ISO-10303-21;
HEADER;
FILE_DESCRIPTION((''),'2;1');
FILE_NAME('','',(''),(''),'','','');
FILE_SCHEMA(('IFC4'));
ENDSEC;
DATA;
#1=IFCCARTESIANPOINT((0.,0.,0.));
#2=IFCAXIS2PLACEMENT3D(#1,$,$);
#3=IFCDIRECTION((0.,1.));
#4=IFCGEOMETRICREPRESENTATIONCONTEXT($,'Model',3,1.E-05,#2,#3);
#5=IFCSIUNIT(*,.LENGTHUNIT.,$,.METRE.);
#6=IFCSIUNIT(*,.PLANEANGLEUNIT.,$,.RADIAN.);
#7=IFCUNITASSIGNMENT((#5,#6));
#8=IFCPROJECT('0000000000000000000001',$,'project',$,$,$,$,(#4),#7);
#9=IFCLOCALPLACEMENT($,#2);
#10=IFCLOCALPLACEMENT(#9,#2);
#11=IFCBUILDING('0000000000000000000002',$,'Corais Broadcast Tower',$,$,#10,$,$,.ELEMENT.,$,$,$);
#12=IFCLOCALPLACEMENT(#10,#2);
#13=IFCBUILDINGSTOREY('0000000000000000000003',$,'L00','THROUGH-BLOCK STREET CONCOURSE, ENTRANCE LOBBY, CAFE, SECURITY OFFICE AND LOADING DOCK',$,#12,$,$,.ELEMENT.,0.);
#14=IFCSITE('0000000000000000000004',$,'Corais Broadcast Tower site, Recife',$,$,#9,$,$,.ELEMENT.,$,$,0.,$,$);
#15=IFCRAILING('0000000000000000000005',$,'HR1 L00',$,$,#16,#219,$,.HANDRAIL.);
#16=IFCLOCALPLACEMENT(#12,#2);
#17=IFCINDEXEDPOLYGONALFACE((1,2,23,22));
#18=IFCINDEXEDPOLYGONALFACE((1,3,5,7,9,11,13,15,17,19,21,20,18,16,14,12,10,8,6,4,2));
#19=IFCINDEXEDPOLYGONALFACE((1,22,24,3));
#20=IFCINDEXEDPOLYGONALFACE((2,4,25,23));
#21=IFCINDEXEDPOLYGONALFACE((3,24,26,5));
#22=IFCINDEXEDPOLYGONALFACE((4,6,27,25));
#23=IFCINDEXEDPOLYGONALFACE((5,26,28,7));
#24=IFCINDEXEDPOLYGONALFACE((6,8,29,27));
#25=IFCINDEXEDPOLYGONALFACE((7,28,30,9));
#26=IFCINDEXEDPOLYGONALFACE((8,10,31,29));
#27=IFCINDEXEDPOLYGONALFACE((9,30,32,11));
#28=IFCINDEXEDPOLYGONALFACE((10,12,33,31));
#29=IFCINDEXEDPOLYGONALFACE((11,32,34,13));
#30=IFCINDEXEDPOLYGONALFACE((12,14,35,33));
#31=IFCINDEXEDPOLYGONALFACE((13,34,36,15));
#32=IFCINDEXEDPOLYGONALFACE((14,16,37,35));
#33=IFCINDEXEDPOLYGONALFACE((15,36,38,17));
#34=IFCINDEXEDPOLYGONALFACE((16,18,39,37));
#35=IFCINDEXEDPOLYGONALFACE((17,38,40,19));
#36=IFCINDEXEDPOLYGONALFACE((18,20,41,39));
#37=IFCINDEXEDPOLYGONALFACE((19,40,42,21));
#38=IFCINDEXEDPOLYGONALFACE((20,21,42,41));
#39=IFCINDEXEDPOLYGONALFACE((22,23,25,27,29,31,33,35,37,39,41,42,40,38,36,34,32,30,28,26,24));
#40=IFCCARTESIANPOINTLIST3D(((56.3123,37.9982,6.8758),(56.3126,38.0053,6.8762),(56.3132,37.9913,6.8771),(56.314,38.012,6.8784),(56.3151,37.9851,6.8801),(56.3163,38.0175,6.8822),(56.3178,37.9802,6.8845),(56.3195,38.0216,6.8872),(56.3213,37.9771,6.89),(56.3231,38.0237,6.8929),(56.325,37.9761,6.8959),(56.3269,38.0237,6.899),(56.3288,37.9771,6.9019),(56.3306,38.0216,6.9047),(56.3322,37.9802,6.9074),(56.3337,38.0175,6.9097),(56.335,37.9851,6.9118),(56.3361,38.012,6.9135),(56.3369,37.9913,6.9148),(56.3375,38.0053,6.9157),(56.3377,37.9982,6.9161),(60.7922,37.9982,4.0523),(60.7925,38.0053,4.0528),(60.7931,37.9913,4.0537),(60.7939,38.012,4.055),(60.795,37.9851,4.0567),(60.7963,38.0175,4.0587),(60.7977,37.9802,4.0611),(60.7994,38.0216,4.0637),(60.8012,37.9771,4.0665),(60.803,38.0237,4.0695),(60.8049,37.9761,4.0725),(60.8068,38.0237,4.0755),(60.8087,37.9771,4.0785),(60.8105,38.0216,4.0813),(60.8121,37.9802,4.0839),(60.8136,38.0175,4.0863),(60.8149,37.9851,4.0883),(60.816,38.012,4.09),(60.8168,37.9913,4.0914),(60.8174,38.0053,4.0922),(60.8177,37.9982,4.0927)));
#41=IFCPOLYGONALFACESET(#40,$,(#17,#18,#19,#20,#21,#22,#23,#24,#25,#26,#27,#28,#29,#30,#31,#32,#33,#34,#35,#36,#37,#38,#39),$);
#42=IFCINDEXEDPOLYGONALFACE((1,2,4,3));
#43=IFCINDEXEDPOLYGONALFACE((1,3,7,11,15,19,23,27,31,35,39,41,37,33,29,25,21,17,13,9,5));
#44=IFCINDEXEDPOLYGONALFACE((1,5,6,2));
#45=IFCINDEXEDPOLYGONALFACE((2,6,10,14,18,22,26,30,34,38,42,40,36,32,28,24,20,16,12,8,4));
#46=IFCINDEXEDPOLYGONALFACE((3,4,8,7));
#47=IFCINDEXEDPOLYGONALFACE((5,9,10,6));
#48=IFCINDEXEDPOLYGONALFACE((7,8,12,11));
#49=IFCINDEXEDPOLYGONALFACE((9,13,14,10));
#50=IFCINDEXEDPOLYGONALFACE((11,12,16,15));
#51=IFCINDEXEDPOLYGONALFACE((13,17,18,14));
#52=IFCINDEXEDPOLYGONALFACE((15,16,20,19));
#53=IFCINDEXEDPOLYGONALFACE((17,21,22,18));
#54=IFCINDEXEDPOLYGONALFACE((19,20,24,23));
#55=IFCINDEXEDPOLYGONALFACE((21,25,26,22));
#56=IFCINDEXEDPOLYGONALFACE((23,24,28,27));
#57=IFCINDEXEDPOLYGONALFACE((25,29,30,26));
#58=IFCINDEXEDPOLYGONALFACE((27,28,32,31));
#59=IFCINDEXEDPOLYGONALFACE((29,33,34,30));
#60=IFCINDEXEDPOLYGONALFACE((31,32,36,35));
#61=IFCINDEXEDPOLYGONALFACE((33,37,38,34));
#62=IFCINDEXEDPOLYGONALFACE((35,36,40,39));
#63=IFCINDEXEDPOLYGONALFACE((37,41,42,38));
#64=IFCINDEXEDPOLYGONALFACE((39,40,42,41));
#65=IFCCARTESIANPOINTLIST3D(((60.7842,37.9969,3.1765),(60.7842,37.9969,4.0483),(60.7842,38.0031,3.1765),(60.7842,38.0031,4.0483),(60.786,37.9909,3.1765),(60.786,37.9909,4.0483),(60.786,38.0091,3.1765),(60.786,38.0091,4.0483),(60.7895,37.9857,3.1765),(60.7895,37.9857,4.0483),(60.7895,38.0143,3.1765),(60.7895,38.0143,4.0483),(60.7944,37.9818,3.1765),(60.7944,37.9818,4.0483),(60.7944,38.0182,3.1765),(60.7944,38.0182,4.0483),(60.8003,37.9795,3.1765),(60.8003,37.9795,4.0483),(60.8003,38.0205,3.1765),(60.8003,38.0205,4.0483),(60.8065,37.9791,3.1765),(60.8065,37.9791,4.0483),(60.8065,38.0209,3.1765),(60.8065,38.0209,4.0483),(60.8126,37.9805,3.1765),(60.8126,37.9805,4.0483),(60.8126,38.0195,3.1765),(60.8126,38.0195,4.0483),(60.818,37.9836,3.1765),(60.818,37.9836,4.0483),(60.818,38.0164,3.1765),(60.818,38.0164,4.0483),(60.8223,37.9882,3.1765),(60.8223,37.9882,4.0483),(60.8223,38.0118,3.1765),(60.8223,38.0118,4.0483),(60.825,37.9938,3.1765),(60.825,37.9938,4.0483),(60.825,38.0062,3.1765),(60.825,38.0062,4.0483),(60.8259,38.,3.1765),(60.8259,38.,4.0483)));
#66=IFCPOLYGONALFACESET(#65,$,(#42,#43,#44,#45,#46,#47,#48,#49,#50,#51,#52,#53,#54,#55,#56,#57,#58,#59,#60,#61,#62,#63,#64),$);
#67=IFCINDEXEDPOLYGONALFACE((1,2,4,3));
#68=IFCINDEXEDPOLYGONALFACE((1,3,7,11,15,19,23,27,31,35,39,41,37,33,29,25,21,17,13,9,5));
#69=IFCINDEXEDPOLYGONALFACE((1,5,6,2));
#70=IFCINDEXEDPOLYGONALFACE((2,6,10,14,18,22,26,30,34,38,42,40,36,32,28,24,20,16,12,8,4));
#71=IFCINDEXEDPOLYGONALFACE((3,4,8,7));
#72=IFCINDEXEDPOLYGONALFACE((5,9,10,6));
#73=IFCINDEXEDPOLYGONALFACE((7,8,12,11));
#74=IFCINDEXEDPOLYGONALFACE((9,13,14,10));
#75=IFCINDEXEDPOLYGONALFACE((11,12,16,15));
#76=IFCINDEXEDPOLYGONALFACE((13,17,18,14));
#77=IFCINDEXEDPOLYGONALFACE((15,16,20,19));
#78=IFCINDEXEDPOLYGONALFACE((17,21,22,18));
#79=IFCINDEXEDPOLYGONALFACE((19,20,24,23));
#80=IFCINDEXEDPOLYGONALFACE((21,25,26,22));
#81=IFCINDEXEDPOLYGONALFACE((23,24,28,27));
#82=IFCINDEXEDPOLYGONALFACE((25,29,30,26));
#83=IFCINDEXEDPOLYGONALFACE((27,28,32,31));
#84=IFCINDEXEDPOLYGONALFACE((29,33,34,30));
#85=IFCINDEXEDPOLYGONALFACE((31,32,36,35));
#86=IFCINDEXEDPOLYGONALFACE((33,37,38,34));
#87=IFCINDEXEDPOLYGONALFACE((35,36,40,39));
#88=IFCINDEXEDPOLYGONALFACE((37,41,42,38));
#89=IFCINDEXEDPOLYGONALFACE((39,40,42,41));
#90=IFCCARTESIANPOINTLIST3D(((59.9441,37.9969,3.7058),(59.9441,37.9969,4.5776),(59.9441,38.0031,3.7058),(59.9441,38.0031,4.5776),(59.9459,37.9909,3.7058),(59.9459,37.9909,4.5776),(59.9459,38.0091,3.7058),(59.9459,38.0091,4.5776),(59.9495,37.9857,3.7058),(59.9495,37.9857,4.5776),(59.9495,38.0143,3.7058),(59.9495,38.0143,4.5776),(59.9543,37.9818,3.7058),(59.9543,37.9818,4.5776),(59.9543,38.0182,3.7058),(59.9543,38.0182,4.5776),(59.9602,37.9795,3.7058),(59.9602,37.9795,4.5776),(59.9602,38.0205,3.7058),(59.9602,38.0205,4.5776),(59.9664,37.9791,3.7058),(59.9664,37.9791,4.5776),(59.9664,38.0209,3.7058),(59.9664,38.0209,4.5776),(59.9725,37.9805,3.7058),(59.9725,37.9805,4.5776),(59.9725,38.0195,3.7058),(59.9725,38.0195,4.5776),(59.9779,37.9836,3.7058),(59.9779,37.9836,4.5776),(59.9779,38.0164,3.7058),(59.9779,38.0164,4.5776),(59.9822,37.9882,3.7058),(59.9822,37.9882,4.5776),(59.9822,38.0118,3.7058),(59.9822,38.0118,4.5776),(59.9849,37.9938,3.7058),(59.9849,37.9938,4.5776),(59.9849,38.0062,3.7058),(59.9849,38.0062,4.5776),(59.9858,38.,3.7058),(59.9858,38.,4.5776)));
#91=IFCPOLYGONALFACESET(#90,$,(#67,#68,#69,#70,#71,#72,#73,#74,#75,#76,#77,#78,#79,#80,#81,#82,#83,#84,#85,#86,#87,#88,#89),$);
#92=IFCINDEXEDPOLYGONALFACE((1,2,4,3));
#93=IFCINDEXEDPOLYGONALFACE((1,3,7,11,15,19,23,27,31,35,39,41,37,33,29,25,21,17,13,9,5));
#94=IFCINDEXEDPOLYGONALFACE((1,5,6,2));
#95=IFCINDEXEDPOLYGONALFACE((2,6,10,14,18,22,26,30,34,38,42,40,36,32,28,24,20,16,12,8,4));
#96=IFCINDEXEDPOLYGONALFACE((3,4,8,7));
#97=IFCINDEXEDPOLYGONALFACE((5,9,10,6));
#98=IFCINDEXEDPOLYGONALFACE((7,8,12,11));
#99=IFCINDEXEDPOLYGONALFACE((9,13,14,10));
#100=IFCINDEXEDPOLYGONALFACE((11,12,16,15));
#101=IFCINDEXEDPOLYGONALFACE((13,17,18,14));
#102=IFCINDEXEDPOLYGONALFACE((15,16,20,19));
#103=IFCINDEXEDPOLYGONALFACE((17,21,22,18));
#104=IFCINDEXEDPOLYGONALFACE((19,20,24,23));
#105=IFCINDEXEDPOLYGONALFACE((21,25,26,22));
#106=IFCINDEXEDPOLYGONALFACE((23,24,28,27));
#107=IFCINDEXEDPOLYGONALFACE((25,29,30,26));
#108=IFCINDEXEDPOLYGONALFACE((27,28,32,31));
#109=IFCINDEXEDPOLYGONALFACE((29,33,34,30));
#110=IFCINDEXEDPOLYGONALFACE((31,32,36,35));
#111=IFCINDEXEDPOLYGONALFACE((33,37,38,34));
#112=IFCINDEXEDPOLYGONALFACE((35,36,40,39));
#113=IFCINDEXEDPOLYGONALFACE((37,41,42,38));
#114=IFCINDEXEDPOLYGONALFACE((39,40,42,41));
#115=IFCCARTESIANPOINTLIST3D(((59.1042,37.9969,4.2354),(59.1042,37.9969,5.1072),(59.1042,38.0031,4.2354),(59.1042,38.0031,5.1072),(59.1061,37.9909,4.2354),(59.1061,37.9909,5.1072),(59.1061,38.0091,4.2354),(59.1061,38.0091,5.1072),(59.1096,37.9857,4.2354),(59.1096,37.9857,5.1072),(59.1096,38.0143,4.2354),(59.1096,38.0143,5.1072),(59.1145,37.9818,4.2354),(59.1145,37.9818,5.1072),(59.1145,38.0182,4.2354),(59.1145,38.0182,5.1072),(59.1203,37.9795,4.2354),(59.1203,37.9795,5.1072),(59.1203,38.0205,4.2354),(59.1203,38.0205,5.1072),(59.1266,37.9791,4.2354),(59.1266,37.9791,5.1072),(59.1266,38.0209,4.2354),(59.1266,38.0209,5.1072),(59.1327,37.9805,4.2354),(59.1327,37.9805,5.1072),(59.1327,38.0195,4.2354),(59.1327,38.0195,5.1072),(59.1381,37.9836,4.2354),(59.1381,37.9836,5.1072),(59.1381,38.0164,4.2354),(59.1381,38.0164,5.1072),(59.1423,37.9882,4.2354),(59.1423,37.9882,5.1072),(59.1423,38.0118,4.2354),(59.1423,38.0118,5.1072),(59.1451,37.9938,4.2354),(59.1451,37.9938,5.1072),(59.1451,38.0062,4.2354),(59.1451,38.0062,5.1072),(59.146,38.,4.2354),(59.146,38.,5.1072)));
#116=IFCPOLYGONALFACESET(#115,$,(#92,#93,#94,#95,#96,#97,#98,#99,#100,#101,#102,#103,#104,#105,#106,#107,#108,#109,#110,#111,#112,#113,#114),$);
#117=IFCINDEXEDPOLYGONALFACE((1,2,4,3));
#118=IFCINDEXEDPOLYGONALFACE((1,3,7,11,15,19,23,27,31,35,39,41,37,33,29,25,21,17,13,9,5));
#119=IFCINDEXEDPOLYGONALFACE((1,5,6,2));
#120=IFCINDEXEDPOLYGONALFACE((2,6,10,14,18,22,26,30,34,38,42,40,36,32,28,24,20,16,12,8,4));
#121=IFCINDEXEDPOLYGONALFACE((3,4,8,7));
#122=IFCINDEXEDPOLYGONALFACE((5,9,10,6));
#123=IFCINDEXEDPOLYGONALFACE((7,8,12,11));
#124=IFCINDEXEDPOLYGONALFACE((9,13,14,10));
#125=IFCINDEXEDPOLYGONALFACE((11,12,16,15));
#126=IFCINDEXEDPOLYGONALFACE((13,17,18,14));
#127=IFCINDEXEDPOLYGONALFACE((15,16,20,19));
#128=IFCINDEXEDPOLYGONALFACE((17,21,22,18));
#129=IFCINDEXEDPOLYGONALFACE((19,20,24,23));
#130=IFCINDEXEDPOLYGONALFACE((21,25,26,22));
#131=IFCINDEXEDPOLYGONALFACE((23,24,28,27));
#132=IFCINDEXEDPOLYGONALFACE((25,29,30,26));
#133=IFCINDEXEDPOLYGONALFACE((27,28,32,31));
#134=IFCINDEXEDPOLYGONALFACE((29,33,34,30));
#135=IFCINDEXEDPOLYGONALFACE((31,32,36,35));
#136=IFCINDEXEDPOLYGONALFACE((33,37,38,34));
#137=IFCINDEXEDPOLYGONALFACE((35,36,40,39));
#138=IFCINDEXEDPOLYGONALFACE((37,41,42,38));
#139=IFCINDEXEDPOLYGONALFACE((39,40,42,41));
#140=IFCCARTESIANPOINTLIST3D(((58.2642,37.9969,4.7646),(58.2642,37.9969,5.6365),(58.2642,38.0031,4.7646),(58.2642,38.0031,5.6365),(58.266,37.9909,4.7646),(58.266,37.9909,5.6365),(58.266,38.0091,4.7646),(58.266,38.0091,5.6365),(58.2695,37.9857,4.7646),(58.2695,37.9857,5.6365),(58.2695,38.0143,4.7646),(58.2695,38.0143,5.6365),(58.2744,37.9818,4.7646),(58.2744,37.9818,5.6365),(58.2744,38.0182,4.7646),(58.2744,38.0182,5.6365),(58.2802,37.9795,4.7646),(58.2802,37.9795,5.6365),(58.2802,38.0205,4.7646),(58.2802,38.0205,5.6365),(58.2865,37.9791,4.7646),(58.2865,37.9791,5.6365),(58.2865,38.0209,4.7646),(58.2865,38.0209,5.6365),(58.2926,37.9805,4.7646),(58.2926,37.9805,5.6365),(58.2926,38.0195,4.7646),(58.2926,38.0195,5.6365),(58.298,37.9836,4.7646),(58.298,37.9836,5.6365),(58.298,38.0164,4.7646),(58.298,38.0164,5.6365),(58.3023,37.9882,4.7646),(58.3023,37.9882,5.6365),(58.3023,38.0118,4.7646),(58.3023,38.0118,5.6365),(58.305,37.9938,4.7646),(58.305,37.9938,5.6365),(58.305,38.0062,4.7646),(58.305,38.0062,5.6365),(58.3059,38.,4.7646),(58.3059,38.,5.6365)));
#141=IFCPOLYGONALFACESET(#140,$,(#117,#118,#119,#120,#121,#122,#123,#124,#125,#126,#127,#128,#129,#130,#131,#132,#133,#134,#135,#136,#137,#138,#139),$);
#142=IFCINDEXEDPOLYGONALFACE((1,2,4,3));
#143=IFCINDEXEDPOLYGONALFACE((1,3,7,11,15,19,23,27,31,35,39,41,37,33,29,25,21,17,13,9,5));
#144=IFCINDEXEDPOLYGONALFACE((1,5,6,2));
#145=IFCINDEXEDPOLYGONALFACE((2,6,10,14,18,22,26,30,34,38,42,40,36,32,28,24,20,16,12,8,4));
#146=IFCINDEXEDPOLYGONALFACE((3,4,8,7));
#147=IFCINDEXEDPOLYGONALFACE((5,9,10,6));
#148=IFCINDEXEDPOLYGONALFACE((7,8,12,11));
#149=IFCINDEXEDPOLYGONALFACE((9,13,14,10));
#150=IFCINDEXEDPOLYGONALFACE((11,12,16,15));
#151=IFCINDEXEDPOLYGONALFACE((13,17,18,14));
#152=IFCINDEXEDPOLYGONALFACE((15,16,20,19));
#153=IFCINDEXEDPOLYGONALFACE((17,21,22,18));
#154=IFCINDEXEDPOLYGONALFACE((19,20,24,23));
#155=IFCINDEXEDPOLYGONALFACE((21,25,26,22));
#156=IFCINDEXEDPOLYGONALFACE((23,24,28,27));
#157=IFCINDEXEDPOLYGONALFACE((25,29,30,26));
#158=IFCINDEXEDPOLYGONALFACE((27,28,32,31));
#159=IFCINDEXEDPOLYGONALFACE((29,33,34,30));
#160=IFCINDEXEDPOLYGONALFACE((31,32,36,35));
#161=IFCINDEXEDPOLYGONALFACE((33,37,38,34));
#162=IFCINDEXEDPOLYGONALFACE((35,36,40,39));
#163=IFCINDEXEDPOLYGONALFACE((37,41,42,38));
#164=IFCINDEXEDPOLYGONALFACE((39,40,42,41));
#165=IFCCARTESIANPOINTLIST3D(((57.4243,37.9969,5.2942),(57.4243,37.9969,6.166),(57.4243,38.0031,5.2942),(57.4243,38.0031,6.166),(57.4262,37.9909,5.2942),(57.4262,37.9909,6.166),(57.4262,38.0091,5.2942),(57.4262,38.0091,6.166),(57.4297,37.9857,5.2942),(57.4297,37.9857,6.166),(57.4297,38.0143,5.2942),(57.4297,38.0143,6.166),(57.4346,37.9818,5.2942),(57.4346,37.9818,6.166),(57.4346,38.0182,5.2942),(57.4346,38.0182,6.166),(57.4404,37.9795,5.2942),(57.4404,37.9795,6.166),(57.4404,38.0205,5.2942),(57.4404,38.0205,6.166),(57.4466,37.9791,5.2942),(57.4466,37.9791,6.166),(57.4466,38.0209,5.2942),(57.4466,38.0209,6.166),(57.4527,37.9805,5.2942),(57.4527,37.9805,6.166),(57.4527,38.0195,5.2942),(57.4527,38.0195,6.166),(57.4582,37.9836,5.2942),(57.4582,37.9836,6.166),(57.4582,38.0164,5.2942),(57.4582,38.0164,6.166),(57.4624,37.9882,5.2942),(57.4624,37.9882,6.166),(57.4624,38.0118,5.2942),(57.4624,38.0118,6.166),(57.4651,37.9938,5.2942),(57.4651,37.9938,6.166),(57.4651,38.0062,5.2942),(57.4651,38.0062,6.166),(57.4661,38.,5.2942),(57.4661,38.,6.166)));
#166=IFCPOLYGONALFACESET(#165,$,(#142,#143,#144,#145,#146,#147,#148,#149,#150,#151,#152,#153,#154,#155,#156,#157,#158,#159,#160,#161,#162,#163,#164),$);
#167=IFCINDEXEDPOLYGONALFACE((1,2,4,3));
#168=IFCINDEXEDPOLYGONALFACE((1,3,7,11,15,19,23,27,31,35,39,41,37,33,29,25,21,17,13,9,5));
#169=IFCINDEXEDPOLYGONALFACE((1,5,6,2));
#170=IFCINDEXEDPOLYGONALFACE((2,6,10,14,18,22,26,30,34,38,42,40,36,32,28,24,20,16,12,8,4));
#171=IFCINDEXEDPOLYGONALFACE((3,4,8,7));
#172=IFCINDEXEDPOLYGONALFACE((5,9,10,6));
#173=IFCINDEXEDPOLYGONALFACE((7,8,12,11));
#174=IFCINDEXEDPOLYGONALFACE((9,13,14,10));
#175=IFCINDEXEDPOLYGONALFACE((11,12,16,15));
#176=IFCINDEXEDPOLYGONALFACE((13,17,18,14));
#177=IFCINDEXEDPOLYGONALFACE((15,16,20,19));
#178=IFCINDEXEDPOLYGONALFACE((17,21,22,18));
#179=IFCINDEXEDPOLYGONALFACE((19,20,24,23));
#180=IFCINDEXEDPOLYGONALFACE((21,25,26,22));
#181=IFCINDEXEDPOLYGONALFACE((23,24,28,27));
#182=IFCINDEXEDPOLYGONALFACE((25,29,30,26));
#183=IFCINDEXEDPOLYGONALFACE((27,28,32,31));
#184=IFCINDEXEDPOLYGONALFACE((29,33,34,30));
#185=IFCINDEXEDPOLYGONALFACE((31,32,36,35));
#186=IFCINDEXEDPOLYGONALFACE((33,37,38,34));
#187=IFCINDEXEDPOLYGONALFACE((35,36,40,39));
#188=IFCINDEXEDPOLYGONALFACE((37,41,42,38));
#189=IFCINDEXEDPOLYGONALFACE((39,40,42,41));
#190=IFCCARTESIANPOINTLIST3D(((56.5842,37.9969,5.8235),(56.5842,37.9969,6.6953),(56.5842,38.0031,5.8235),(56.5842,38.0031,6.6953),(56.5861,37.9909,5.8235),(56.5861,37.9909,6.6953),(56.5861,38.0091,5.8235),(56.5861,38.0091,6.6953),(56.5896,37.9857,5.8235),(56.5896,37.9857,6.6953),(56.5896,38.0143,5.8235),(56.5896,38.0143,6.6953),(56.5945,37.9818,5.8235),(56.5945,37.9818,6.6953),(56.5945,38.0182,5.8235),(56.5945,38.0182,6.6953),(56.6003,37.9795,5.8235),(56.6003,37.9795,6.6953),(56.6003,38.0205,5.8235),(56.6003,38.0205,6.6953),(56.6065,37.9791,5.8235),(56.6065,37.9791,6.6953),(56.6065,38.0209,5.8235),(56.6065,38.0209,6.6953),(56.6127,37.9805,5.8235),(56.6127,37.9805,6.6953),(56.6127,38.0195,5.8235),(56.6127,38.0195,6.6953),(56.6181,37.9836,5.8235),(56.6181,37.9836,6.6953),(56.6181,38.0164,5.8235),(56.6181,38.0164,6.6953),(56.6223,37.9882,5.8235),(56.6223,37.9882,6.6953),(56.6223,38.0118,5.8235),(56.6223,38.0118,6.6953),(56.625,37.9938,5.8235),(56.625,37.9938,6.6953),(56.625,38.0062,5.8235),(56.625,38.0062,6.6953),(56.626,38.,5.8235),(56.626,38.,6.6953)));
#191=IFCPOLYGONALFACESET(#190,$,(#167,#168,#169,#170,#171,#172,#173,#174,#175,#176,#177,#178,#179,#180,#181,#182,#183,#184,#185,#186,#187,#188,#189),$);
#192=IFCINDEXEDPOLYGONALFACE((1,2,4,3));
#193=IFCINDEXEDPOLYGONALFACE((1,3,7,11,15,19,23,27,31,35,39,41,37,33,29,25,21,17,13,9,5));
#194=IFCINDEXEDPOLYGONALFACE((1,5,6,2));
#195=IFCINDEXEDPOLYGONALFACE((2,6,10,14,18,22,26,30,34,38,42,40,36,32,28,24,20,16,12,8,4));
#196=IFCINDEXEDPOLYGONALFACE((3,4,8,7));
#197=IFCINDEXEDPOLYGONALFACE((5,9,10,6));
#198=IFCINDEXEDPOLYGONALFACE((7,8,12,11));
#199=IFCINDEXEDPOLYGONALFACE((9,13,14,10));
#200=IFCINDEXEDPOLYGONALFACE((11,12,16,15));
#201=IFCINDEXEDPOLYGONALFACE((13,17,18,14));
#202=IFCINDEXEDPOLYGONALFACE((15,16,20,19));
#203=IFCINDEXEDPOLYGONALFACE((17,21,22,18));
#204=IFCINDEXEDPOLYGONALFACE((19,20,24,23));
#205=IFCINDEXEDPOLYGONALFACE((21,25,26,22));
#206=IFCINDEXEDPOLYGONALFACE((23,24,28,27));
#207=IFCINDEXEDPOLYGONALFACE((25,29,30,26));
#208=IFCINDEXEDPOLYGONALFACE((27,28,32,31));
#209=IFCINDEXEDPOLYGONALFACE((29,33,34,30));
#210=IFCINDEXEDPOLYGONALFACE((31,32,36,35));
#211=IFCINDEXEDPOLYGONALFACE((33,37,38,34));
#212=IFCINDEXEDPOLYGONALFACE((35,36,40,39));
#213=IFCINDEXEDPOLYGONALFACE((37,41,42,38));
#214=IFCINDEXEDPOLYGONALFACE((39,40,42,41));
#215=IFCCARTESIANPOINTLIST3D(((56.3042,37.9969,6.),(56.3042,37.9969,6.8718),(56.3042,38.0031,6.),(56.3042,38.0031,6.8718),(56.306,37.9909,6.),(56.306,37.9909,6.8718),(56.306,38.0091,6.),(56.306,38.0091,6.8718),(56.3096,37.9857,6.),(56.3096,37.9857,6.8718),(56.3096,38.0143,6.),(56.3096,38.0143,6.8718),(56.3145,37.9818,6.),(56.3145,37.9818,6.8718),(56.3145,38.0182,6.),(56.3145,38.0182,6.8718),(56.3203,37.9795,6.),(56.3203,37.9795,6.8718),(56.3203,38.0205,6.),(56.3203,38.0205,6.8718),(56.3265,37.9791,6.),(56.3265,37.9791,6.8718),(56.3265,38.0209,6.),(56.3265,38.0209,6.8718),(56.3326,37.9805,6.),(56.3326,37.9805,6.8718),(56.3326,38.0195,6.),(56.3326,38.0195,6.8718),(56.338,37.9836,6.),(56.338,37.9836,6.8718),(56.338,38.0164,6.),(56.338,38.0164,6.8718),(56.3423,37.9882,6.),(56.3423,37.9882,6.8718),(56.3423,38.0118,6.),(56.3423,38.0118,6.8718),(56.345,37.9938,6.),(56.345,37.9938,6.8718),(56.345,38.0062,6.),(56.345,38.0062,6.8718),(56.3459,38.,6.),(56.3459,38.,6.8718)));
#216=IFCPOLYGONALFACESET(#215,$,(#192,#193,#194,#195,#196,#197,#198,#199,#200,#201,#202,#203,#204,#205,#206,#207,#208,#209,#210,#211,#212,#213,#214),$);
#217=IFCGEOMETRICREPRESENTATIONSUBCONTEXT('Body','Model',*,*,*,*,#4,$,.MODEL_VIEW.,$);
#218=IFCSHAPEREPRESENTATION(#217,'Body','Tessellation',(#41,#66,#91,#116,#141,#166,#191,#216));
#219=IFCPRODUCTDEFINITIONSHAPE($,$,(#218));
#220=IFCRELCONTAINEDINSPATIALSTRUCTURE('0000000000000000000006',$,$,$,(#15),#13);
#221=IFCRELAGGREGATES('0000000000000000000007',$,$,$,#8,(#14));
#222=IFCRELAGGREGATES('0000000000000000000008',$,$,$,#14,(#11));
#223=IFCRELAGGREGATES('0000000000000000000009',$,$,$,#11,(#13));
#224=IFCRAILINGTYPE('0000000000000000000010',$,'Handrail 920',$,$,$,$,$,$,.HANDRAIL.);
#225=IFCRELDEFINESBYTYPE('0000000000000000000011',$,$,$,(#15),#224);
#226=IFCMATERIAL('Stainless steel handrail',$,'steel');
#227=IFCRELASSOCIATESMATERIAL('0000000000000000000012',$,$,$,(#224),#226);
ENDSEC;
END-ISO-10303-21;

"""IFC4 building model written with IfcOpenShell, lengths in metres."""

from ifc_helpers import new_model, si_unit, direction, frame, origin, origin_2d, place, context, subcontext, project, spatial, circle, extrude, material, type_object, element, save


model = new_model("IFC4")

# Units and contexts
model_context = context("Model", 3, precision=1e-05, world=origin(), true_north=direction((0.0, 1.0)))
body_context = subcontext(model_context, "Body", "Model", "MODEL_VIEW")
ifc_project = project(units=[si_unit("LENGTHUNIT", "METRE"), si_unit("PLANEANGLEUNIT", "RADIAN")], contexts=[model_context])

# Site, building, storey
site_placement = place(None, origin())
site = spatial("IfcSite", under=ifc_project, at=site_placement, Name="Corais Broadcast Tower site, Recife", CompositionType="ELEMENT", RefElevation=0.0)
building_placement = place(site_placement, origin())
building = spatial("IfcBuilding", under=site, at=building_placement, Name="Corais Broadcast Tower", CompositionType="ELEMENT")
storey_placement = place(building_placement, origin())
storey = spatial("IfcBuildingStorey", under=building, at=storey_placement, Name="L00", Description="THROUGH-BLOCK STREET CONCOURSE, ENTRANCE LOBBY, CAFE, SECURITY OFFICE AND LOADING DOCK", CompositionType="ELEMENT", Elevation=0.0)

# Railing
ifc_material_1 = material(Name="Stainless steel handrail", Category="steel")
railing_type = type_object("IfcRailingType", Name="Handrail 920", PredefinedType="HANDRAIL", material=ifc_material_1)
for number, where, name in (
    (1, (60.8049, 38.0, 3.1765), "HR1 L00"),
):
    element("IfcRailing", number, at=place(storey_placement, frame(where)), inside=storey, type_object=railing_type, Name=name, PredefinedType="HANDRAIL", context=body_context, shape_type="SweptSolid", body=[
        extrude(circle(Radius=0.0239, at=origin_2d()), frame((0.0, 0.0, 0.896), z_axis=(-0.845998, 0.0, 0.533186), x_axis=(0.0, -1.0, 0.0)), (0.0, 0.0, 1.0), 5.2954),
        extrude(circle(Radius=0.021, at=origin_2d()), origin(), (0.0, 0.0, 1.0), 0.8718),
        extrude(circle(Radius=0.021, at=origin_2d()), frame((-0.8401, 0.0, 0.5293)), (0.0, 0.0, 1.0), 0.8718),
        extrude(circle(Radius=0.021, at=origin_2d()), frame((-1.6799, 0.0, 1.0588)), (0.0, 0.0, 1.0), 0.8718),
        extrude(circle(Radius=0.021, at=origin_2d()), frame((-2.52, 0.0, 1.5881)), (0.0, 0.0, 1.0), 0.8718),
        extrude(circle(Radius=0.021, at=origin_2d()), frame((-3.3599, 0.0, 2.1177)), (0.0, 0.0, 1.0), 0.8718),
        extrude(circle(Radius=0.021, at=origin_2d()), frame((-4.2, 0.0, 2.647)), (0.0, 0.0, 1.0), 0.8718),
        extrude(circle(Radius=0.021, at=origin_2d()), frame((-4.48, 0.0, 2.8235)), (0.0, 0.0, 1.0), 0.8718),
    ])

save(model, "model.ifc")
